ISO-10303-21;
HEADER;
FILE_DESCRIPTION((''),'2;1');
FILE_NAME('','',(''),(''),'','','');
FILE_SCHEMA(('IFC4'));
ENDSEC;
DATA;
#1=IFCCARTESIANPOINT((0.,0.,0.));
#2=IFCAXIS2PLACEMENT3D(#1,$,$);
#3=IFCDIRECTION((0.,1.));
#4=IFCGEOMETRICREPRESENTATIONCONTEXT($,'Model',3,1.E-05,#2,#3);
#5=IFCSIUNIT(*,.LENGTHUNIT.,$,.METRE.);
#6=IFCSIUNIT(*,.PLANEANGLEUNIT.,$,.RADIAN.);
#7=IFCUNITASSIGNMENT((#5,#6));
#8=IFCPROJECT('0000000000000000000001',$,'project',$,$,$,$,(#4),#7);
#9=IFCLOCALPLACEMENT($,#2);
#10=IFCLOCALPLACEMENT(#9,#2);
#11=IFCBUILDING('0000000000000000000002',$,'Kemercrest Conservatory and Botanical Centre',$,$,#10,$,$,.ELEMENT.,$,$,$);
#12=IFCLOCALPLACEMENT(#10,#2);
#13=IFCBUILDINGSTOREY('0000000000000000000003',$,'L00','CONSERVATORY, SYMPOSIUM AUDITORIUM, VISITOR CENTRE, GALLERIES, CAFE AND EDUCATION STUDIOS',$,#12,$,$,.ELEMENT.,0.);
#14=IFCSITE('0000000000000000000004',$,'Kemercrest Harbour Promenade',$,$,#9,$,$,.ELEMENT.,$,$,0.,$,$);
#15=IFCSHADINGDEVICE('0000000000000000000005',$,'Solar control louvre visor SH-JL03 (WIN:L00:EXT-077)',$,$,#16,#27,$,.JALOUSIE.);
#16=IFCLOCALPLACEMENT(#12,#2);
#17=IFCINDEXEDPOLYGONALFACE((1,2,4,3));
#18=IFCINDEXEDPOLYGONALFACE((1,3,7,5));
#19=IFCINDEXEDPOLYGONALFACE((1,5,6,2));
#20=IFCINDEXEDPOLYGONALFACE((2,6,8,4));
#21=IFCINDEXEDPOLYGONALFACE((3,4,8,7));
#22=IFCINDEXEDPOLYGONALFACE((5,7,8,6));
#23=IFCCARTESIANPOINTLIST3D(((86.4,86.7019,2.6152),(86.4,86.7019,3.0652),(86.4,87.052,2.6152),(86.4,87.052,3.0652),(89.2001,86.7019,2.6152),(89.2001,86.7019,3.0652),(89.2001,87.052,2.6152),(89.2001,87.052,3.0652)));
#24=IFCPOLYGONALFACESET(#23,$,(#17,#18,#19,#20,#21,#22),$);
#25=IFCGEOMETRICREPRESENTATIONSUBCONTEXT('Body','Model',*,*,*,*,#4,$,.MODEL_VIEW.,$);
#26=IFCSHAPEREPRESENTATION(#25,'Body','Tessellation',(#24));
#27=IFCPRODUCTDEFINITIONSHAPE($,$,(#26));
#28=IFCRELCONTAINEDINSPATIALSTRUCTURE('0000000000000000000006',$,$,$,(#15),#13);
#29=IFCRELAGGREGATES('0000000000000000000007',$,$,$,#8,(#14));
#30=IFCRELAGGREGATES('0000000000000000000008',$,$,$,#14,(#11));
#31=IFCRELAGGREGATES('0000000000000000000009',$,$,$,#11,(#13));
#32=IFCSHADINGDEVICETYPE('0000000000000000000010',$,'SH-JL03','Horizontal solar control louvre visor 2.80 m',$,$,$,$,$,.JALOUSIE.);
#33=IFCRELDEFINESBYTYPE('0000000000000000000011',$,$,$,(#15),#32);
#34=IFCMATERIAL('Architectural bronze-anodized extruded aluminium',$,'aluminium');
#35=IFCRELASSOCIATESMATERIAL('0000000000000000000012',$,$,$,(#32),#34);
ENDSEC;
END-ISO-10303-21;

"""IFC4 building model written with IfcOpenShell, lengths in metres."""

from ifc_helpers import new_model, si_unit, direction, frame, origin, origin_2d, place, context, subcontext, project, spatial, rectangle, extrude, material, type_object, element, save


model = new_model("IFC4")

# Units and contexts
model_context = context("Model", 3, precision=1e-05, world=origin(), true_north=direction((0.0, 1.0)))
body_context = subcontext(model_context, "Body", "Model", "MODEL_VIEW")
ifc_project = project(units=[si_unit("LENGTHUNIT", "METRE"), si_unit("PLANEANGLEUNIT", "RADIAN")], contexts=[model_context])

# Site, building, storey
site_placement = place(None, origin())
site = spatial("IfcSite", under=ifc_project, at=site_placement, Name="Kemercrest Harbour Promenade", CompositionType="ELEMENT", RefElevation=0.0)
building_placement = place(site_placement, origin())
building = spatial("IfcBuilding", under=site, at=building_placement, Name="Kemercrest Conservatory and Botanical Centre", CompositionType="ELEMENT")
storey_placement = place(building_placement, origin())
storey = spatial("IfcBuildingStorey", under=building, at=storey_placement, Name="L00", Description="CONSERVATORY, SYMPOSIUM AUDITORIUM, VISITOR CENTRE, GALLERIES, CAFE AND EDUCATION STUDIOS", CompositionType="ELEMENT", Elevation=0.0)

# Shading device
ifc_material_1 = material(Name="Architectural bronze-anodized extruded aluminium", Category="aluminium")
shading_device_type_1 = type_object("IfcShadingDeviceType", Name="SH-JL03", Description="Horizontal solar control louvre visor 2.80 m", PredefinedType="JALOUSIE", material=ifc_material_1)
shading_device_1_placement = place(storey_placement, frame((87.8, 86.877, 2.6152), z_axis=(0.0, 0.0, 1.0), x_axis=(1.0, 0.0, 0.0)))
element("IfcShadingDevice", 1, at=shading_device_1_placement, inside=storey, type_object=shading_device_type_1, Name="Solar control louvre visor SH-JL03 (WIN:L00:EXT-077)", PredefinedType="JALOUSIE", context=body_context, shape_type="SweptSolid", body=[
    extrude(rectangle(XDim=2.8, YDim=0.3501, at=origin_2d()), origin(), (0.0, 0.0, 1.0), 0.45),
])

save(model, "model.ifc")
